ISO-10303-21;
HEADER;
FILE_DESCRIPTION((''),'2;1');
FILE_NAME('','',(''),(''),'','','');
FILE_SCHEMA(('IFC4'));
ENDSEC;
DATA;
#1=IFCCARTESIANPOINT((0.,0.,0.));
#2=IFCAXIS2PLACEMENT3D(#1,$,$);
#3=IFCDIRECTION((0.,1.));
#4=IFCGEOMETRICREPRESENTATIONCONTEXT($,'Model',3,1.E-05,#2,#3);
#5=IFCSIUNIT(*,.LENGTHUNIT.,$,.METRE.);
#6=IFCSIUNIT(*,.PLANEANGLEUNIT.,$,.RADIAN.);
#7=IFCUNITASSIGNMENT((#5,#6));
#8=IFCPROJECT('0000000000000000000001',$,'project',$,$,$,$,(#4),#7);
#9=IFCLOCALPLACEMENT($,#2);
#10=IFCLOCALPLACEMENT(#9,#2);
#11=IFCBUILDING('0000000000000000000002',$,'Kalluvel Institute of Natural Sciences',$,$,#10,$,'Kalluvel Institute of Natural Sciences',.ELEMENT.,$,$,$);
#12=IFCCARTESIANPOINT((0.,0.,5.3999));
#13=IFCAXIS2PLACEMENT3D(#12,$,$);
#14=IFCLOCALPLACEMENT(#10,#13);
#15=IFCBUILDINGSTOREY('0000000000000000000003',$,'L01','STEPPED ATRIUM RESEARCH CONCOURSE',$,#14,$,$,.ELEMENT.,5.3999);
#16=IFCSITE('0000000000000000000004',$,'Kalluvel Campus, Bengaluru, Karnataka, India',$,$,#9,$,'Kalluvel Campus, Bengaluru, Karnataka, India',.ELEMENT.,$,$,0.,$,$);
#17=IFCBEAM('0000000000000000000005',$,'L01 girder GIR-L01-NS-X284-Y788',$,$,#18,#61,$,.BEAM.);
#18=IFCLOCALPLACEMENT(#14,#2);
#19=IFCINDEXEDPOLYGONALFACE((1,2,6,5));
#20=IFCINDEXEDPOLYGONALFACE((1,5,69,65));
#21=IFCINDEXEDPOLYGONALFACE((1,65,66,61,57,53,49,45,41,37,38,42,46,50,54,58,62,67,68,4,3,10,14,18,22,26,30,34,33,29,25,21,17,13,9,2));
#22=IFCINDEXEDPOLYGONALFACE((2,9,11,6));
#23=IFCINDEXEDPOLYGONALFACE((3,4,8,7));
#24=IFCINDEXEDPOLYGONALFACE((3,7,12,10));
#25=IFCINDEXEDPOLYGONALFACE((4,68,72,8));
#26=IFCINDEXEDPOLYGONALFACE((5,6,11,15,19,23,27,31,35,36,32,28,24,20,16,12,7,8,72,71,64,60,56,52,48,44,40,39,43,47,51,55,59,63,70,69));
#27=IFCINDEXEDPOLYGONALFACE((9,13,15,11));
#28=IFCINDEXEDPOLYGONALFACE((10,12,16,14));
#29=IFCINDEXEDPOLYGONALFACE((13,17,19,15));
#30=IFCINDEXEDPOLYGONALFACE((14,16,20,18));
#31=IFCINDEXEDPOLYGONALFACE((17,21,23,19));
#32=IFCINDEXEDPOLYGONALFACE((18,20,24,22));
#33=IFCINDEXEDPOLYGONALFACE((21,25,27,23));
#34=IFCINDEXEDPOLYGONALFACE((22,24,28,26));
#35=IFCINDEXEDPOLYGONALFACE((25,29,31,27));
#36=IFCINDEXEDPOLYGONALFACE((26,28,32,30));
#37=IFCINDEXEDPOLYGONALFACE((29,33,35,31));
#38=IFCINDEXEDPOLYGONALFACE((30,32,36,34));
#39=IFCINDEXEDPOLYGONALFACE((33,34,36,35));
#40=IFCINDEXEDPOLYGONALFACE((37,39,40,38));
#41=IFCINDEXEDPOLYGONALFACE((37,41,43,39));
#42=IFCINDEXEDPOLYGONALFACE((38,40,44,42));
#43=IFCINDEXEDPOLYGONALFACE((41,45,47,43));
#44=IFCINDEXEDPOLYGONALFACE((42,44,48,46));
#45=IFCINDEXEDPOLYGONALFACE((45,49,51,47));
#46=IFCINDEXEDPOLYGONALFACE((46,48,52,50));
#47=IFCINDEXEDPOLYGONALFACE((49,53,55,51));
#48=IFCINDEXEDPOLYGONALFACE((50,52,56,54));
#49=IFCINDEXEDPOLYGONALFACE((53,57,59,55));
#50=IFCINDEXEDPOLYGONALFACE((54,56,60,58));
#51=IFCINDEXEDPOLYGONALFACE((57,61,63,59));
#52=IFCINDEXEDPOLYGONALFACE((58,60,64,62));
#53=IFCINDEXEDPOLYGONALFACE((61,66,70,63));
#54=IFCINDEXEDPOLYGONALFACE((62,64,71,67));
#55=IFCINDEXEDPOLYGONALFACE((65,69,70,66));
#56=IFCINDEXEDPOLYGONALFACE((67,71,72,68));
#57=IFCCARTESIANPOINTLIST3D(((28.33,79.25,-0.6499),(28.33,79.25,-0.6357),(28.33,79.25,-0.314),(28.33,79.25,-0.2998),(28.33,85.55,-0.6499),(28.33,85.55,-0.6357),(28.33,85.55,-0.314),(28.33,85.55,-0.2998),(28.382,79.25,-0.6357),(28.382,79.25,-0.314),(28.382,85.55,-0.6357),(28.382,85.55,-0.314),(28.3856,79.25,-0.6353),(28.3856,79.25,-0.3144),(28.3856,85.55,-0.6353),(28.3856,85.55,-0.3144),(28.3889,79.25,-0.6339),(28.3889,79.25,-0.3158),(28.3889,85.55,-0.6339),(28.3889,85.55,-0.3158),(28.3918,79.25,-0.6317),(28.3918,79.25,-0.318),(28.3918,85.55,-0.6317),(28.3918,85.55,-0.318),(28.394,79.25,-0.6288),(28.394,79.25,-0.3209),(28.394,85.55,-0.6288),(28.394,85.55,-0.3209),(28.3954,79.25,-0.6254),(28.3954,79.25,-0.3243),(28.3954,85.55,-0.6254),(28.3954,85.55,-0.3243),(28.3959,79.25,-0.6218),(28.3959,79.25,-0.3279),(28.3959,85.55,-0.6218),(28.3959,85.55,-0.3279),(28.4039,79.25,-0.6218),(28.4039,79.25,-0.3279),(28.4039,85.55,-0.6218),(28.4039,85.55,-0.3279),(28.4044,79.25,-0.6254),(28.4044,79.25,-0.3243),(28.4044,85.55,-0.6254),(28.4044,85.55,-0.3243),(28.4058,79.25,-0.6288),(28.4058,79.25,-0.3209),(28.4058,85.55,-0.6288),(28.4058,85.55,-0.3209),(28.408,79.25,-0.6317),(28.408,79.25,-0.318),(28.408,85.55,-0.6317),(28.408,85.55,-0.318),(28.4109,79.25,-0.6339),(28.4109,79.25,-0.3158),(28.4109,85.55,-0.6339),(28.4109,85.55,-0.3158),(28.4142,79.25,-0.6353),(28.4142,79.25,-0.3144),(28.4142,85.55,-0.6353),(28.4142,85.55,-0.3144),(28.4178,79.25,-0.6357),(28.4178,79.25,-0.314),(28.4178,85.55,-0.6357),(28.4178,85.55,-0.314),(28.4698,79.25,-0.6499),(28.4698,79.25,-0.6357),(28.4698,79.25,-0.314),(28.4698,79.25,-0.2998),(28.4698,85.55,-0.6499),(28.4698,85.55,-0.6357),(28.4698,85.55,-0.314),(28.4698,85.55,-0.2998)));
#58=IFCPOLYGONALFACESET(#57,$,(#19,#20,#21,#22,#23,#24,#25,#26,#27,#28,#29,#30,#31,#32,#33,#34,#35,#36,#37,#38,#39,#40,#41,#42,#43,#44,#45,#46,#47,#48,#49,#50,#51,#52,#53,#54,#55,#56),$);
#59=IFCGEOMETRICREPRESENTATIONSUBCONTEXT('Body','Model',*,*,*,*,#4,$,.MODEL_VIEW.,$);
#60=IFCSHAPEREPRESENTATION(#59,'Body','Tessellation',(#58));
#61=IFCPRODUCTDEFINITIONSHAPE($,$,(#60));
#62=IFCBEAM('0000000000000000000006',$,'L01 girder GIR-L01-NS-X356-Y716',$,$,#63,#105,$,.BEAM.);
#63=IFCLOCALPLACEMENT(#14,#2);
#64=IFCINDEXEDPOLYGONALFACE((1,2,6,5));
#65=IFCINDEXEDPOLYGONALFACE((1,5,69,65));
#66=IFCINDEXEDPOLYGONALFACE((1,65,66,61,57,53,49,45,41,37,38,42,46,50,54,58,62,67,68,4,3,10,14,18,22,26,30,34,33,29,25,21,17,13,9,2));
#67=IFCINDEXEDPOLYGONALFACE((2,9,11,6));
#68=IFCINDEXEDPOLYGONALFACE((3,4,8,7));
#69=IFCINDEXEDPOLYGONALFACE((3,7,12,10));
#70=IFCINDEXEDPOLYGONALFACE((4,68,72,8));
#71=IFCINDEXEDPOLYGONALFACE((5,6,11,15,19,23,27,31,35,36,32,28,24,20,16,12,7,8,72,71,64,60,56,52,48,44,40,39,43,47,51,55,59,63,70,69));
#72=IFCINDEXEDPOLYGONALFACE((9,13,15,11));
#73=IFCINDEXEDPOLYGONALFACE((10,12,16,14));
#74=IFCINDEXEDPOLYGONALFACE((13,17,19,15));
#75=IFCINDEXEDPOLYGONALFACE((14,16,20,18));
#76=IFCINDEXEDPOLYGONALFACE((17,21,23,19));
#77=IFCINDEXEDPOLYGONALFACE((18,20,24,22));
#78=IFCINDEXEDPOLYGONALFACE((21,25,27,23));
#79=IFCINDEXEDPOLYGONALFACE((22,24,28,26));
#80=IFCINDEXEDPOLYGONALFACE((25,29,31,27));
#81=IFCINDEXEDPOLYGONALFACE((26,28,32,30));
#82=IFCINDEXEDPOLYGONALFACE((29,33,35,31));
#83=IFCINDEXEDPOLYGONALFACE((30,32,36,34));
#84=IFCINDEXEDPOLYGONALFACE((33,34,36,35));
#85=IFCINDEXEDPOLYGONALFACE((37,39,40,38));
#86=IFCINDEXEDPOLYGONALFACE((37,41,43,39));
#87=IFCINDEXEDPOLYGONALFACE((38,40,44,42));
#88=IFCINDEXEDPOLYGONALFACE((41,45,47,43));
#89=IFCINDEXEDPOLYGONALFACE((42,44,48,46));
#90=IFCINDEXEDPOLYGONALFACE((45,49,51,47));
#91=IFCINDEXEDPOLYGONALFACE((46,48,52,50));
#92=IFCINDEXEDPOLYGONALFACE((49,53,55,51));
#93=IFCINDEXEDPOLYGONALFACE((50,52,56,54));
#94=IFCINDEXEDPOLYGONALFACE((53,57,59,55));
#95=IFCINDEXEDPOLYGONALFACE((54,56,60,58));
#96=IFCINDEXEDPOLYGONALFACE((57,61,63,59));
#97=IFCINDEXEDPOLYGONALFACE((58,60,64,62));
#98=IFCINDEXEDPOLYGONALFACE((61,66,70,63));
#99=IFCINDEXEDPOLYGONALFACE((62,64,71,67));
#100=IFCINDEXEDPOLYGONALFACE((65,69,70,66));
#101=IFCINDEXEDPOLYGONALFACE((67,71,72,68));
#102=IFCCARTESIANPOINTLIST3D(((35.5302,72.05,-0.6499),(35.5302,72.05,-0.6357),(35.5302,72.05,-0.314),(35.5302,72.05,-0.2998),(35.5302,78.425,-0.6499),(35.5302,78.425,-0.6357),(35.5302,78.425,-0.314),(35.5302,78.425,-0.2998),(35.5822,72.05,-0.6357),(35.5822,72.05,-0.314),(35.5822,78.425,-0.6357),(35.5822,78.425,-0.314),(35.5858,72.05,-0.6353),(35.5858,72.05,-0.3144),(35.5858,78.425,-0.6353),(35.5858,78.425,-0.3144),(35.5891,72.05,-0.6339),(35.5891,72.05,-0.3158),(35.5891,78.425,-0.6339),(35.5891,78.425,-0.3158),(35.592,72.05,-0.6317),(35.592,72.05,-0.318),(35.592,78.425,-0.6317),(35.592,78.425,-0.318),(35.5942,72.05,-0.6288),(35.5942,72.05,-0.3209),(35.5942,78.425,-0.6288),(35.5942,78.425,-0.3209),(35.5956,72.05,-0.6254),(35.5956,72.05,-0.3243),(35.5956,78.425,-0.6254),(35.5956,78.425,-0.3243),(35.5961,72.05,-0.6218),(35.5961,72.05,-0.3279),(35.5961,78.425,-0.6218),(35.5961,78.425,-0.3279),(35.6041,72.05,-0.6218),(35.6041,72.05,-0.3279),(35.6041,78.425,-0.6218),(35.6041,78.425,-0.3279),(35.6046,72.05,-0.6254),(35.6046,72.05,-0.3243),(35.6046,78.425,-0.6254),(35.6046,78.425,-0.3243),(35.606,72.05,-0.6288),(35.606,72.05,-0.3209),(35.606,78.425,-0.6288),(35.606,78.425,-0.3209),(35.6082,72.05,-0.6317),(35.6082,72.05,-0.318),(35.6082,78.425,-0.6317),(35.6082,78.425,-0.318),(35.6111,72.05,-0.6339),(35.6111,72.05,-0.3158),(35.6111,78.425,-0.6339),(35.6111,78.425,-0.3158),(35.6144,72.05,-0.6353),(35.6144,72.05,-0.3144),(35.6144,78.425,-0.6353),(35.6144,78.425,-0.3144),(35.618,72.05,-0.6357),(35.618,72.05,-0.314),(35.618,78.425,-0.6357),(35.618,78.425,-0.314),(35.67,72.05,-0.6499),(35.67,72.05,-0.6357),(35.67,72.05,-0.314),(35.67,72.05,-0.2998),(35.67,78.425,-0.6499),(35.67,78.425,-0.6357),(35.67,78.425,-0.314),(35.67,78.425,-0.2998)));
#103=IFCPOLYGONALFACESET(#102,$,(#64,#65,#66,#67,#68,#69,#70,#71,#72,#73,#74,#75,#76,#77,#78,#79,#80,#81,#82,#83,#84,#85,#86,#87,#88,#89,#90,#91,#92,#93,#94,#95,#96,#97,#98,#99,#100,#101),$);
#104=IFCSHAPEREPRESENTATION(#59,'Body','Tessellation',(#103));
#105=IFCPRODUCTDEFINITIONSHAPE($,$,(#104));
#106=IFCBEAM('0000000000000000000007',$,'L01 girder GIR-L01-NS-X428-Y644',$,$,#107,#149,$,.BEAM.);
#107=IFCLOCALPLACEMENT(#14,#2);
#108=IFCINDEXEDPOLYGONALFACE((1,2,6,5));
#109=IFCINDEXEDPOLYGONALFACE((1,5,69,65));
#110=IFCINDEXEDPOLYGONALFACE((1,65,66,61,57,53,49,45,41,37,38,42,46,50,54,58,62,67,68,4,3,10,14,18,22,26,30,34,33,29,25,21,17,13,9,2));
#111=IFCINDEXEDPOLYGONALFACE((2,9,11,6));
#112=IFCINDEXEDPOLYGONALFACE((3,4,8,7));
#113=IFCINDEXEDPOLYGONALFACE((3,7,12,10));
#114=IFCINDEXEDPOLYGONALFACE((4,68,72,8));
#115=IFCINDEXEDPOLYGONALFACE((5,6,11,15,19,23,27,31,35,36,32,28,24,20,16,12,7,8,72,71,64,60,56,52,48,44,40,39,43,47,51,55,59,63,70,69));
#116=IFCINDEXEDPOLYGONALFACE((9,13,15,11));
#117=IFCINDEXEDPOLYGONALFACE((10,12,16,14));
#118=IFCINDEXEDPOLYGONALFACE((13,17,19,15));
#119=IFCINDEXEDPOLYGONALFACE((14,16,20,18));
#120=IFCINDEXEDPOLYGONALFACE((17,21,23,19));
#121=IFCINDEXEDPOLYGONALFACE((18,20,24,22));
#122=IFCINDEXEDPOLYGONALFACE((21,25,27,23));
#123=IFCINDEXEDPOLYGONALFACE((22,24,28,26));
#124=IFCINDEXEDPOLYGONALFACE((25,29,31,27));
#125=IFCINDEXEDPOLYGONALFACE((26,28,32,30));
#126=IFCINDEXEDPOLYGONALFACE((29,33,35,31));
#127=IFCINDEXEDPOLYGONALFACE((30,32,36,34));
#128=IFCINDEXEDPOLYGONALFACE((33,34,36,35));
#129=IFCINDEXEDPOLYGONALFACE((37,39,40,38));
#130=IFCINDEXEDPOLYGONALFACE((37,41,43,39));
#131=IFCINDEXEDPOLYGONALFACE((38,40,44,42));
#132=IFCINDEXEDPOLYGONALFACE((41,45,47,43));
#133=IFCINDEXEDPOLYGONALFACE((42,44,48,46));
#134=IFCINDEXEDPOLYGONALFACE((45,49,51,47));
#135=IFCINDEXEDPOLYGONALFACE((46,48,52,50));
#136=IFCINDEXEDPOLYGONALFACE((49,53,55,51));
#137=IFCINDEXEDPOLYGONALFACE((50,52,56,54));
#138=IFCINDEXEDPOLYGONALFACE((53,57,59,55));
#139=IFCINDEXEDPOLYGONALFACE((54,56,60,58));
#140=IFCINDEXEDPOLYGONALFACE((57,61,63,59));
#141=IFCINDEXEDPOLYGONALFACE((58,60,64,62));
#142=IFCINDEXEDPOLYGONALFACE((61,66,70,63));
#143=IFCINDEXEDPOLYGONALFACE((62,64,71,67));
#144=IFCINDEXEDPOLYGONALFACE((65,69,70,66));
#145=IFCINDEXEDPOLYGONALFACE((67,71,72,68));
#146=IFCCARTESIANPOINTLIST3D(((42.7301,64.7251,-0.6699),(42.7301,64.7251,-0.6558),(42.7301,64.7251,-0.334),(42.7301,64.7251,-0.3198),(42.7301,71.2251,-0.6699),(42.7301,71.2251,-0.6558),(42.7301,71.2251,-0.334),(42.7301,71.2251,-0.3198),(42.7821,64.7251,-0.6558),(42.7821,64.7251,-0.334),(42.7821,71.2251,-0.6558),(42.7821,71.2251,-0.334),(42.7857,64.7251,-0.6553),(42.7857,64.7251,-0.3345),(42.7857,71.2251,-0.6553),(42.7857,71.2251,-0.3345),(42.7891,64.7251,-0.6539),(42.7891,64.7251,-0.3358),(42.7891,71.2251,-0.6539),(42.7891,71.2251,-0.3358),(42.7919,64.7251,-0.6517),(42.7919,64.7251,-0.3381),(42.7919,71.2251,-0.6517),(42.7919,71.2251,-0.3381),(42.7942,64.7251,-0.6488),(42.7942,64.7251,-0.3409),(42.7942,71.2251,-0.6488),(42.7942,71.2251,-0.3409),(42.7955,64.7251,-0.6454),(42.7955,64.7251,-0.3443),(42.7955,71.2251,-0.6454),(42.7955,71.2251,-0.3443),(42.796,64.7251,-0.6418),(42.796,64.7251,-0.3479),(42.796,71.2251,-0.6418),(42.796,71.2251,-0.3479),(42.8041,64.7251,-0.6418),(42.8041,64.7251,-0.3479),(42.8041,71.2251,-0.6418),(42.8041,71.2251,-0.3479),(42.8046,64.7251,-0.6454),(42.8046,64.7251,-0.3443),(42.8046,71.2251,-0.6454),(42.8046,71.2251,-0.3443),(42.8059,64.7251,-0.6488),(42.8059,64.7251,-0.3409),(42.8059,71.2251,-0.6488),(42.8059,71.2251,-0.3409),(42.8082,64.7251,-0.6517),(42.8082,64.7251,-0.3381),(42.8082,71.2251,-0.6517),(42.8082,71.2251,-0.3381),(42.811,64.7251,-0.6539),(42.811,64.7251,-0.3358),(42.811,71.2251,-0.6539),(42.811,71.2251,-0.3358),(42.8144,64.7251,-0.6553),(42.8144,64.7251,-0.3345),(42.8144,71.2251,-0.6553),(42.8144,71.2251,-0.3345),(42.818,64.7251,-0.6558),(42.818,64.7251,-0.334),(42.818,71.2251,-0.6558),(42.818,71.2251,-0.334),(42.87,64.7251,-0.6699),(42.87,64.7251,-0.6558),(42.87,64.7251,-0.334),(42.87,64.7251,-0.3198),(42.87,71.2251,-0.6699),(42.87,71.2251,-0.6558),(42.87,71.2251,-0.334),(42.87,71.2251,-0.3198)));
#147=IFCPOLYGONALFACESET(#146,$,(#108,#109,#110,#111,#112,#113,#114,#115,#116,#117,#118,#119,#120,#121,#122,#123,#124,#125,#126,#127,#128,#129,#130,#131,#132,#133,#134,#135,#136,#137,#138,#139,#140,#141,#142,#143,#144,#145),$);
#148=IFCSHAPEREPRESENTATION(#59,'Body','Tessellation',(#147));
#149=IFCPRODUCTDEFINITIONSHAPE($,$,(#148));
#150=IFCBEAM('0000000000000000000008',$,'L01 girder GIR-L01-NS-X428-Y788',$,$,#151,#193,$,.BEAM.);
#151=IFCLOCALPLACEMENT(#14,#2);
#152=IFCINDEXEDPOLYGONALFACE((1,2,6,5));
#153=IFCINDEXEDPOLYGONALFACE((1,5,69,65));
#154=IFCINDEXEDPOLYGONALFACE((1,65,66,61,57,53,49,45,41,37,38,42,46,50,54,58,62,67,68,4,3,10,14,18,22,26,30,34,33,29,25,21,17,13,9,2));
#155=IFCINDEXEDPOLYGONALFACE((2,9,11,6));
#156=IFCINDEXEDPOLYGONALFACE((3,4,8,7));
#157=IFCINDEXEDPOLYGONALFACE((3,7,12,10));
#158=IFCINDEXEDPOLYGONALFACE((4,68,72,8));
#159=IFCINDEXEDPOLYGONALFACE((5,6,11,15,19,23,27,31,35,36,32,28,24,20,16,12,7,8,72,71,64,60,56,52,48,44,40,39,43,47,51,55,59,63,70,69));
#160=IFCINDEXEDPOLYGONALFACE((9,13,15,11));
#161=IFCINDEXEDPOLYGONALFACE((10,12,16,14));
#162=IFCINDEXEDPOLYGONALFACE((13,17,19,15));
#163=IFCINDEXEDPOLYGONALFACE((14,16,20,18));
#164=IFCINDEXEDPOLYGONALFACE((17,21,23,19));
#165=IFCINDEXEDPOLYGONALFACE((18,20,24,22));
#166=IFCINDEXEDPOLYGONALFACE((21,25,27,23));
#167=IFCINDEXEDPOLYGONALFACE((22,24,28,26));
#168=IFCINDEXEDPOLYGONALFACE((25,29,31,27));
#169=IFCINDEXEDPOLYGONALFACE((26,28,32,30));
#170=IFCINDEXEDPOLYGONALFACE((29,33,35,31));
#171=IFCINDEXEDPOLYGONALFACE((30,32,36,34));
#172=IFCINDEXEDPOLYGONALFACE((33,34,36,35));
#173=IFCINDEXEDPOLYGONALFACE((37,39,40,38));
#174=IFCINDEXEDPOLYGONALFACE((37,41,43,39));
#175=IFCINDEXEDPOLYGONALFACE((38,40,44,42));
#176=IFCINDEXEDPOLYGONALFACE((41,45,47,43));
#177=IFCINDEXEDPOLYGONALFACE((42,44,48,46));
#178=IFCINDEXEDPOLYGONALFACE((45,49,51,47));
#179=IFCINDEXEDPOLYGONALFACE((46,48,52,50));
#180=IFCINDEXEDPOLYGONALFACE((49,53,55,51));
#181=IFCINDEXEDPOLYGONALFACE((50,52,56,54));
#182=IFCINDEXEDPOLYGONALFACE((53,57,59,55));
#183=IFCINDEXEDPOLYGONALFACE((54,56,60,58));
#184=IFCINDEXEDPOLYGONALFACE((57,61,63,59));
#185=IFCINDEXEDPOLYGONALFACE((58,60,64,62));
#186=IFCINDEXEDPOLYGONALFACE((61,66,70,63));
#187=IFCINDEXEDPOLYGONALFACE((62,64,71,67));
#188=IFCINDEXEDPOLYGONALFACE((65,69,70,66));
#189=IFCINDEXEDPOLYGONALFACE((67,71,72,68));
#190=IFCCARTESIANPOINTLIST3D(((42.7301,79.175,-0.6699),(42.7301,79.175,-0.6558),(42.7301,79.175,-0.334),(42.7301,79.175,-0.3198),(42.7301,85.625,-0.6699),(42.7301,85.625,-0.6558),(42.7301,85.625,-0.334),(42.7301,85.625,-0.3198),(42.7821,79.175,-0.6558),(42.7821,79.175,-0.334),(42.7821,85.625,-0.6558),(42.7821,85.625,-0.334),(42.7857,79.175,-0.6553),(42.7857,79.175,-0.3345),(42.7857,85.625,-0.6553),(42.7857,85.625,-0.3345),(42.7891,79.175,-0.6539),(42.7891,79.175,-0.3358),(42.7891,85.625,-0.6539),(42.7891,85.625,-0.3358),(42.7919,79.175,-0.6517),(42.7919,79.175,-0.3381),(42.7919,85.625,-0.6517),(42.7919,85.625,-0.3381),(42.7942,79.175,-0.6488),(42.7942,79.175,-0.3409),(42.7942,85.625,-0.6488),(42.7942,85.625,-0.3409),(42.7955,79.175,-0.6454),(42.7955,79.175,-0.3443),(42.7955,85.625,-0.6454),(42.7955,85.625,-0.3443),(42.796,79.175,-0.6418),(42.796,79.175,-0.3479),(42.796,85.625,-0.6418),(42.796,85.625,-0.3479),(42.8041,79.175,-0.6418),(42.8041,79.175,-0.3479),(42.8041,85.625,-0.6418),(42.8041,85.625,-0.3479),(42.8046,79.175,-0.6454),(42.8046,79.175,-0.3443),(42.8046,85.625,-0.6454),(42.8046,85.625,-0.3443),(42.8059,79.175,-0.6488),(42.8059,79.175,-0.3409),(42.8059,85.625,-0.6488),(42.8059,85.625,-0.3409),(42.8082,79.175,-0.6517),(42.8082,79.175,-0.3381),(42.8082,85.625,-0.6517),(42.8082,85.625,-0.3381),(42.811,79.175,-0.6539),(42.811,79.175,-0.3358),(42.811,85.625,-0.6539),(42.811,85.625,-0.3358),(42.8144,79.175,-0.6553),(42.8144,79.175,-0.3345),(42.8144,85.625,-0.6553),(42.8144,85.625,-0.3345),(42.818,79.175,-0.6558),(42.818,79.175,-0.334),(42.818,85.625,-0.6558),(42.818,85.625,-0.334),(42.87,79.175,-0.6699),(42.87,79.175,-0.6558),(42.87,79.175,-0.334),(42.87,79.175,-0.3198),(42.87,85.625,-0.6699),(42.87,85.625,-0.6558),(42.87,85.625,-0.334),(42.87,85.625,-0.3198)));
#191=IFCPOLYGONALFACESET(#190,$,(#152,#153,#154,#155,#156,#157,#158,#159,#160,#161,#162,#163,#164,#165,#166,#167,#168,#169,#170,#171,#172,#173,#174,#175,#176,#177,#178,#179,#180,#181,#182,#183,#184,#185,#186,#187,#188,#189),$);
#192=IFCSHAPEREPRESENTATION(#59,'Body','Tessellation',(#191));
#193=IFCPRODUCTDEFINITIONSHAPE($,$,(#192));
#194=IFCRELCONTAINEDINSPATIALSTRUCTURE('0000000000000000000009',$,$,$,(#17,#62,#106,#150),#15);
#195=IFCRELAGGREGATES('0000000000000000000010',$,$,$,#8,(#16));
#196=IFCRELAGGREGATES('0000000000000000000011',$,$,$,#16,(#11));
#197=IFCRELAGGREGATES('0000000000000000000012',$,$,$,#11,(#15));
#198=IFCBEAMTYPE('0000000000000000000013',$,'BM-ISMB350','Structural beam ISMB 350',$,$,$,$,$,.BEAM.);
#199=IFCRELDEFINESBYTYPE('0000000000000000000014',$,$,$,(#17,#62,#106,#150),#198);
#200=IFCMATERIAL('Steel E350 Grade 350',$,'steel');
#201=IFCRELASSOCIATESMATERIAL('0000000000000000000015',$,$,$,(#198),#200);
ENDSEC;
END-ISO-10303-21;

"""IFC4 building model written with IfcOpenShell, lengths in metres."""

from ifc_helpers import new_model, si_unit, direction, frame, origin, origin_2d, place, context, subcontext, project, spatial, i_section, extrude, material, material_profile, profile_set, type_object, element, save


model = new_model("IFC4")

# Units and contexts
model_context = context("Model", 3, precision=1e-05, world=origin(), true_north=direction((0.0, 1.0)))
body_context = subcontext(model_context, "Body", "Model", "MODEL_VIEW")
ifc_project = project(units=[si_unit("LENGTHUNIT", "METRE"), si_unit("PLANEANGLEUNIT", "RADIAN")], contexts=[model_context])

# Site, building, storey
site_placement = place(None, origin())
site = spatial("IfcSite", under=ifc_project, at=site_placement, Name="Kalluvel Campus, Bengaluru, Karnataka, India", LongName="Kalluvel Campus, Bengaluru, Karnataka, India", CompositionType="ELEMENT", RefElevation=0.0)
building_placement = place(site_placement, origin())
building = spatial("IfcBuilding", under=site, at=building_placement, Name="Kalluvel Institute of Natural Sciences", LongName="Kalluvel Institute of Natural Sciences", CompositionType="ELEMENT")
storey_placement = place(building_placement, frame((0.0, 0.0, 5.3999)))
storey = spatial("IfcBuildingStorey", under=building, at=storey_placement, Name="L01", Description="STEPPED ATRIUM RESEARCH CONCOURSE", CompositionType="ELEMENT", Elevation=5.3999)

# Beams
ifc_material_1 = material(Name="Steel E350 Grade 350", Category="steel")
ifc_material_profile_1 = material_profile(ifc_material_1, i_section(OverallWidth=0.1399, OverallDepth=0.3501, WebThickness=0.0081, FlangeThickness=0.0142, FilletRadius=0.0139, at=origin_2d()), Name="ISMB 350")
ifc_profile_set_1 = profile_set([ifc_material_profile_1], Name="Steel E350 Grade 350")
beam_type_1 = type_object("IfcBeamType", Name="BM-ISMB350", Description="Structural beam ISMB 350", PredefinedType="BEAM", material=ifc_profile_set_1)
beam_1_placement = place(storey_placement, frame((28.3999, 79.25, -0.4749), z_axis=(0.0, 1.0, 0.0), x_axis=(-1.0, 0.0, 0.0)))
element("IfcBeam", 1, at=beam_1_placement, inside=storey, type_object=beam_type_1, Name="L01 girder GIR-L01-NS-X284-Y788", PredefinedType="BEAM", context=body_context, shape_type="SweptSolid", body=[
    extrude(i_section(OverallWidth=0.1399, OverallDepth=0.3501, WebThickness=0.0081, FlangeThickness=0.0142, FilletRadius=0.0139, at=origin_2d()), origin(), (0.0, 0.0, 1.0), 6.3),
])
beam_2_placement = place(storey_placement, frame((35.6001, 72.05, -0.4749), z_axis=(0.0, 1.0, 0.0), x_axis=(-1.0, 0.0, 0.0)))
element("IfcBeam", 2, at=beam_2_placement, inside=storey, type_object=beam_type_1, Name="L01 girder GIR-L01-NS-X356-Y716", PredefinedType="BEAM", context=body_context, shape_type="SweptSolid", body=[
    extrude(i_section(OverallWidth=0.1399, OverallDepth=0.3501, WebThickness=0.0081, FlangeThickness=0.0142, FilletRadius=0.0139, at=origin_2d()), origin(), (0.0, 0.0, 1.0), 6.375),
])
beam_3_placement = place(storey_placement, frame((42.8, 64.7251, -0.4949), z_axis=(0.0, 1.0, 0.0), x_axis=(-1.0, 0.0, 0.0)))
element("IfcBeam", 3, at=beam_3_placement, inside=storey, type_object=beam_type_1, Name="L01 girder GIR-L01-NS-X428-Y644", PredefinedType="BEAM", context=body_context, shape_type="SweptSolid", body=[
    extrude(i_section(OverallWidth=0.1399, OverallDepth=0.3501, WebThickness=0.0081, FlangeThickness=0.0142, FilletRadius=0.0139, at=origin_2d()), origin(), (0.0, 0.0, 1.0), 6.5),
])
beam_4_placement = place(storey_placement, frame((42.8, 79.175, -0.4949), z_axis=(0.0, 1.0, 0.0), x_axis=(-1.0, 0.0, 0.0)))
element("IfcBeam", 4, at=beam_4_placement, inside=storey, type_object=beam_type_1, Name="L01 girder GIR-L01-NS-X428-Y788", PredefinedType="BEAM", context=body_context, shape_type="SweptSolid", body=[
    extrude(i_section(OverallWidth=0.1399, OverallDepth=0.3501, WebThickness=0.0081, FlangeThickness=0.0142, FilletRadius=0.0139, at=origin_2d()), origin(), (0.0, 0.0, 1.0), 6.45),
])

save(model, "model.ifc")
